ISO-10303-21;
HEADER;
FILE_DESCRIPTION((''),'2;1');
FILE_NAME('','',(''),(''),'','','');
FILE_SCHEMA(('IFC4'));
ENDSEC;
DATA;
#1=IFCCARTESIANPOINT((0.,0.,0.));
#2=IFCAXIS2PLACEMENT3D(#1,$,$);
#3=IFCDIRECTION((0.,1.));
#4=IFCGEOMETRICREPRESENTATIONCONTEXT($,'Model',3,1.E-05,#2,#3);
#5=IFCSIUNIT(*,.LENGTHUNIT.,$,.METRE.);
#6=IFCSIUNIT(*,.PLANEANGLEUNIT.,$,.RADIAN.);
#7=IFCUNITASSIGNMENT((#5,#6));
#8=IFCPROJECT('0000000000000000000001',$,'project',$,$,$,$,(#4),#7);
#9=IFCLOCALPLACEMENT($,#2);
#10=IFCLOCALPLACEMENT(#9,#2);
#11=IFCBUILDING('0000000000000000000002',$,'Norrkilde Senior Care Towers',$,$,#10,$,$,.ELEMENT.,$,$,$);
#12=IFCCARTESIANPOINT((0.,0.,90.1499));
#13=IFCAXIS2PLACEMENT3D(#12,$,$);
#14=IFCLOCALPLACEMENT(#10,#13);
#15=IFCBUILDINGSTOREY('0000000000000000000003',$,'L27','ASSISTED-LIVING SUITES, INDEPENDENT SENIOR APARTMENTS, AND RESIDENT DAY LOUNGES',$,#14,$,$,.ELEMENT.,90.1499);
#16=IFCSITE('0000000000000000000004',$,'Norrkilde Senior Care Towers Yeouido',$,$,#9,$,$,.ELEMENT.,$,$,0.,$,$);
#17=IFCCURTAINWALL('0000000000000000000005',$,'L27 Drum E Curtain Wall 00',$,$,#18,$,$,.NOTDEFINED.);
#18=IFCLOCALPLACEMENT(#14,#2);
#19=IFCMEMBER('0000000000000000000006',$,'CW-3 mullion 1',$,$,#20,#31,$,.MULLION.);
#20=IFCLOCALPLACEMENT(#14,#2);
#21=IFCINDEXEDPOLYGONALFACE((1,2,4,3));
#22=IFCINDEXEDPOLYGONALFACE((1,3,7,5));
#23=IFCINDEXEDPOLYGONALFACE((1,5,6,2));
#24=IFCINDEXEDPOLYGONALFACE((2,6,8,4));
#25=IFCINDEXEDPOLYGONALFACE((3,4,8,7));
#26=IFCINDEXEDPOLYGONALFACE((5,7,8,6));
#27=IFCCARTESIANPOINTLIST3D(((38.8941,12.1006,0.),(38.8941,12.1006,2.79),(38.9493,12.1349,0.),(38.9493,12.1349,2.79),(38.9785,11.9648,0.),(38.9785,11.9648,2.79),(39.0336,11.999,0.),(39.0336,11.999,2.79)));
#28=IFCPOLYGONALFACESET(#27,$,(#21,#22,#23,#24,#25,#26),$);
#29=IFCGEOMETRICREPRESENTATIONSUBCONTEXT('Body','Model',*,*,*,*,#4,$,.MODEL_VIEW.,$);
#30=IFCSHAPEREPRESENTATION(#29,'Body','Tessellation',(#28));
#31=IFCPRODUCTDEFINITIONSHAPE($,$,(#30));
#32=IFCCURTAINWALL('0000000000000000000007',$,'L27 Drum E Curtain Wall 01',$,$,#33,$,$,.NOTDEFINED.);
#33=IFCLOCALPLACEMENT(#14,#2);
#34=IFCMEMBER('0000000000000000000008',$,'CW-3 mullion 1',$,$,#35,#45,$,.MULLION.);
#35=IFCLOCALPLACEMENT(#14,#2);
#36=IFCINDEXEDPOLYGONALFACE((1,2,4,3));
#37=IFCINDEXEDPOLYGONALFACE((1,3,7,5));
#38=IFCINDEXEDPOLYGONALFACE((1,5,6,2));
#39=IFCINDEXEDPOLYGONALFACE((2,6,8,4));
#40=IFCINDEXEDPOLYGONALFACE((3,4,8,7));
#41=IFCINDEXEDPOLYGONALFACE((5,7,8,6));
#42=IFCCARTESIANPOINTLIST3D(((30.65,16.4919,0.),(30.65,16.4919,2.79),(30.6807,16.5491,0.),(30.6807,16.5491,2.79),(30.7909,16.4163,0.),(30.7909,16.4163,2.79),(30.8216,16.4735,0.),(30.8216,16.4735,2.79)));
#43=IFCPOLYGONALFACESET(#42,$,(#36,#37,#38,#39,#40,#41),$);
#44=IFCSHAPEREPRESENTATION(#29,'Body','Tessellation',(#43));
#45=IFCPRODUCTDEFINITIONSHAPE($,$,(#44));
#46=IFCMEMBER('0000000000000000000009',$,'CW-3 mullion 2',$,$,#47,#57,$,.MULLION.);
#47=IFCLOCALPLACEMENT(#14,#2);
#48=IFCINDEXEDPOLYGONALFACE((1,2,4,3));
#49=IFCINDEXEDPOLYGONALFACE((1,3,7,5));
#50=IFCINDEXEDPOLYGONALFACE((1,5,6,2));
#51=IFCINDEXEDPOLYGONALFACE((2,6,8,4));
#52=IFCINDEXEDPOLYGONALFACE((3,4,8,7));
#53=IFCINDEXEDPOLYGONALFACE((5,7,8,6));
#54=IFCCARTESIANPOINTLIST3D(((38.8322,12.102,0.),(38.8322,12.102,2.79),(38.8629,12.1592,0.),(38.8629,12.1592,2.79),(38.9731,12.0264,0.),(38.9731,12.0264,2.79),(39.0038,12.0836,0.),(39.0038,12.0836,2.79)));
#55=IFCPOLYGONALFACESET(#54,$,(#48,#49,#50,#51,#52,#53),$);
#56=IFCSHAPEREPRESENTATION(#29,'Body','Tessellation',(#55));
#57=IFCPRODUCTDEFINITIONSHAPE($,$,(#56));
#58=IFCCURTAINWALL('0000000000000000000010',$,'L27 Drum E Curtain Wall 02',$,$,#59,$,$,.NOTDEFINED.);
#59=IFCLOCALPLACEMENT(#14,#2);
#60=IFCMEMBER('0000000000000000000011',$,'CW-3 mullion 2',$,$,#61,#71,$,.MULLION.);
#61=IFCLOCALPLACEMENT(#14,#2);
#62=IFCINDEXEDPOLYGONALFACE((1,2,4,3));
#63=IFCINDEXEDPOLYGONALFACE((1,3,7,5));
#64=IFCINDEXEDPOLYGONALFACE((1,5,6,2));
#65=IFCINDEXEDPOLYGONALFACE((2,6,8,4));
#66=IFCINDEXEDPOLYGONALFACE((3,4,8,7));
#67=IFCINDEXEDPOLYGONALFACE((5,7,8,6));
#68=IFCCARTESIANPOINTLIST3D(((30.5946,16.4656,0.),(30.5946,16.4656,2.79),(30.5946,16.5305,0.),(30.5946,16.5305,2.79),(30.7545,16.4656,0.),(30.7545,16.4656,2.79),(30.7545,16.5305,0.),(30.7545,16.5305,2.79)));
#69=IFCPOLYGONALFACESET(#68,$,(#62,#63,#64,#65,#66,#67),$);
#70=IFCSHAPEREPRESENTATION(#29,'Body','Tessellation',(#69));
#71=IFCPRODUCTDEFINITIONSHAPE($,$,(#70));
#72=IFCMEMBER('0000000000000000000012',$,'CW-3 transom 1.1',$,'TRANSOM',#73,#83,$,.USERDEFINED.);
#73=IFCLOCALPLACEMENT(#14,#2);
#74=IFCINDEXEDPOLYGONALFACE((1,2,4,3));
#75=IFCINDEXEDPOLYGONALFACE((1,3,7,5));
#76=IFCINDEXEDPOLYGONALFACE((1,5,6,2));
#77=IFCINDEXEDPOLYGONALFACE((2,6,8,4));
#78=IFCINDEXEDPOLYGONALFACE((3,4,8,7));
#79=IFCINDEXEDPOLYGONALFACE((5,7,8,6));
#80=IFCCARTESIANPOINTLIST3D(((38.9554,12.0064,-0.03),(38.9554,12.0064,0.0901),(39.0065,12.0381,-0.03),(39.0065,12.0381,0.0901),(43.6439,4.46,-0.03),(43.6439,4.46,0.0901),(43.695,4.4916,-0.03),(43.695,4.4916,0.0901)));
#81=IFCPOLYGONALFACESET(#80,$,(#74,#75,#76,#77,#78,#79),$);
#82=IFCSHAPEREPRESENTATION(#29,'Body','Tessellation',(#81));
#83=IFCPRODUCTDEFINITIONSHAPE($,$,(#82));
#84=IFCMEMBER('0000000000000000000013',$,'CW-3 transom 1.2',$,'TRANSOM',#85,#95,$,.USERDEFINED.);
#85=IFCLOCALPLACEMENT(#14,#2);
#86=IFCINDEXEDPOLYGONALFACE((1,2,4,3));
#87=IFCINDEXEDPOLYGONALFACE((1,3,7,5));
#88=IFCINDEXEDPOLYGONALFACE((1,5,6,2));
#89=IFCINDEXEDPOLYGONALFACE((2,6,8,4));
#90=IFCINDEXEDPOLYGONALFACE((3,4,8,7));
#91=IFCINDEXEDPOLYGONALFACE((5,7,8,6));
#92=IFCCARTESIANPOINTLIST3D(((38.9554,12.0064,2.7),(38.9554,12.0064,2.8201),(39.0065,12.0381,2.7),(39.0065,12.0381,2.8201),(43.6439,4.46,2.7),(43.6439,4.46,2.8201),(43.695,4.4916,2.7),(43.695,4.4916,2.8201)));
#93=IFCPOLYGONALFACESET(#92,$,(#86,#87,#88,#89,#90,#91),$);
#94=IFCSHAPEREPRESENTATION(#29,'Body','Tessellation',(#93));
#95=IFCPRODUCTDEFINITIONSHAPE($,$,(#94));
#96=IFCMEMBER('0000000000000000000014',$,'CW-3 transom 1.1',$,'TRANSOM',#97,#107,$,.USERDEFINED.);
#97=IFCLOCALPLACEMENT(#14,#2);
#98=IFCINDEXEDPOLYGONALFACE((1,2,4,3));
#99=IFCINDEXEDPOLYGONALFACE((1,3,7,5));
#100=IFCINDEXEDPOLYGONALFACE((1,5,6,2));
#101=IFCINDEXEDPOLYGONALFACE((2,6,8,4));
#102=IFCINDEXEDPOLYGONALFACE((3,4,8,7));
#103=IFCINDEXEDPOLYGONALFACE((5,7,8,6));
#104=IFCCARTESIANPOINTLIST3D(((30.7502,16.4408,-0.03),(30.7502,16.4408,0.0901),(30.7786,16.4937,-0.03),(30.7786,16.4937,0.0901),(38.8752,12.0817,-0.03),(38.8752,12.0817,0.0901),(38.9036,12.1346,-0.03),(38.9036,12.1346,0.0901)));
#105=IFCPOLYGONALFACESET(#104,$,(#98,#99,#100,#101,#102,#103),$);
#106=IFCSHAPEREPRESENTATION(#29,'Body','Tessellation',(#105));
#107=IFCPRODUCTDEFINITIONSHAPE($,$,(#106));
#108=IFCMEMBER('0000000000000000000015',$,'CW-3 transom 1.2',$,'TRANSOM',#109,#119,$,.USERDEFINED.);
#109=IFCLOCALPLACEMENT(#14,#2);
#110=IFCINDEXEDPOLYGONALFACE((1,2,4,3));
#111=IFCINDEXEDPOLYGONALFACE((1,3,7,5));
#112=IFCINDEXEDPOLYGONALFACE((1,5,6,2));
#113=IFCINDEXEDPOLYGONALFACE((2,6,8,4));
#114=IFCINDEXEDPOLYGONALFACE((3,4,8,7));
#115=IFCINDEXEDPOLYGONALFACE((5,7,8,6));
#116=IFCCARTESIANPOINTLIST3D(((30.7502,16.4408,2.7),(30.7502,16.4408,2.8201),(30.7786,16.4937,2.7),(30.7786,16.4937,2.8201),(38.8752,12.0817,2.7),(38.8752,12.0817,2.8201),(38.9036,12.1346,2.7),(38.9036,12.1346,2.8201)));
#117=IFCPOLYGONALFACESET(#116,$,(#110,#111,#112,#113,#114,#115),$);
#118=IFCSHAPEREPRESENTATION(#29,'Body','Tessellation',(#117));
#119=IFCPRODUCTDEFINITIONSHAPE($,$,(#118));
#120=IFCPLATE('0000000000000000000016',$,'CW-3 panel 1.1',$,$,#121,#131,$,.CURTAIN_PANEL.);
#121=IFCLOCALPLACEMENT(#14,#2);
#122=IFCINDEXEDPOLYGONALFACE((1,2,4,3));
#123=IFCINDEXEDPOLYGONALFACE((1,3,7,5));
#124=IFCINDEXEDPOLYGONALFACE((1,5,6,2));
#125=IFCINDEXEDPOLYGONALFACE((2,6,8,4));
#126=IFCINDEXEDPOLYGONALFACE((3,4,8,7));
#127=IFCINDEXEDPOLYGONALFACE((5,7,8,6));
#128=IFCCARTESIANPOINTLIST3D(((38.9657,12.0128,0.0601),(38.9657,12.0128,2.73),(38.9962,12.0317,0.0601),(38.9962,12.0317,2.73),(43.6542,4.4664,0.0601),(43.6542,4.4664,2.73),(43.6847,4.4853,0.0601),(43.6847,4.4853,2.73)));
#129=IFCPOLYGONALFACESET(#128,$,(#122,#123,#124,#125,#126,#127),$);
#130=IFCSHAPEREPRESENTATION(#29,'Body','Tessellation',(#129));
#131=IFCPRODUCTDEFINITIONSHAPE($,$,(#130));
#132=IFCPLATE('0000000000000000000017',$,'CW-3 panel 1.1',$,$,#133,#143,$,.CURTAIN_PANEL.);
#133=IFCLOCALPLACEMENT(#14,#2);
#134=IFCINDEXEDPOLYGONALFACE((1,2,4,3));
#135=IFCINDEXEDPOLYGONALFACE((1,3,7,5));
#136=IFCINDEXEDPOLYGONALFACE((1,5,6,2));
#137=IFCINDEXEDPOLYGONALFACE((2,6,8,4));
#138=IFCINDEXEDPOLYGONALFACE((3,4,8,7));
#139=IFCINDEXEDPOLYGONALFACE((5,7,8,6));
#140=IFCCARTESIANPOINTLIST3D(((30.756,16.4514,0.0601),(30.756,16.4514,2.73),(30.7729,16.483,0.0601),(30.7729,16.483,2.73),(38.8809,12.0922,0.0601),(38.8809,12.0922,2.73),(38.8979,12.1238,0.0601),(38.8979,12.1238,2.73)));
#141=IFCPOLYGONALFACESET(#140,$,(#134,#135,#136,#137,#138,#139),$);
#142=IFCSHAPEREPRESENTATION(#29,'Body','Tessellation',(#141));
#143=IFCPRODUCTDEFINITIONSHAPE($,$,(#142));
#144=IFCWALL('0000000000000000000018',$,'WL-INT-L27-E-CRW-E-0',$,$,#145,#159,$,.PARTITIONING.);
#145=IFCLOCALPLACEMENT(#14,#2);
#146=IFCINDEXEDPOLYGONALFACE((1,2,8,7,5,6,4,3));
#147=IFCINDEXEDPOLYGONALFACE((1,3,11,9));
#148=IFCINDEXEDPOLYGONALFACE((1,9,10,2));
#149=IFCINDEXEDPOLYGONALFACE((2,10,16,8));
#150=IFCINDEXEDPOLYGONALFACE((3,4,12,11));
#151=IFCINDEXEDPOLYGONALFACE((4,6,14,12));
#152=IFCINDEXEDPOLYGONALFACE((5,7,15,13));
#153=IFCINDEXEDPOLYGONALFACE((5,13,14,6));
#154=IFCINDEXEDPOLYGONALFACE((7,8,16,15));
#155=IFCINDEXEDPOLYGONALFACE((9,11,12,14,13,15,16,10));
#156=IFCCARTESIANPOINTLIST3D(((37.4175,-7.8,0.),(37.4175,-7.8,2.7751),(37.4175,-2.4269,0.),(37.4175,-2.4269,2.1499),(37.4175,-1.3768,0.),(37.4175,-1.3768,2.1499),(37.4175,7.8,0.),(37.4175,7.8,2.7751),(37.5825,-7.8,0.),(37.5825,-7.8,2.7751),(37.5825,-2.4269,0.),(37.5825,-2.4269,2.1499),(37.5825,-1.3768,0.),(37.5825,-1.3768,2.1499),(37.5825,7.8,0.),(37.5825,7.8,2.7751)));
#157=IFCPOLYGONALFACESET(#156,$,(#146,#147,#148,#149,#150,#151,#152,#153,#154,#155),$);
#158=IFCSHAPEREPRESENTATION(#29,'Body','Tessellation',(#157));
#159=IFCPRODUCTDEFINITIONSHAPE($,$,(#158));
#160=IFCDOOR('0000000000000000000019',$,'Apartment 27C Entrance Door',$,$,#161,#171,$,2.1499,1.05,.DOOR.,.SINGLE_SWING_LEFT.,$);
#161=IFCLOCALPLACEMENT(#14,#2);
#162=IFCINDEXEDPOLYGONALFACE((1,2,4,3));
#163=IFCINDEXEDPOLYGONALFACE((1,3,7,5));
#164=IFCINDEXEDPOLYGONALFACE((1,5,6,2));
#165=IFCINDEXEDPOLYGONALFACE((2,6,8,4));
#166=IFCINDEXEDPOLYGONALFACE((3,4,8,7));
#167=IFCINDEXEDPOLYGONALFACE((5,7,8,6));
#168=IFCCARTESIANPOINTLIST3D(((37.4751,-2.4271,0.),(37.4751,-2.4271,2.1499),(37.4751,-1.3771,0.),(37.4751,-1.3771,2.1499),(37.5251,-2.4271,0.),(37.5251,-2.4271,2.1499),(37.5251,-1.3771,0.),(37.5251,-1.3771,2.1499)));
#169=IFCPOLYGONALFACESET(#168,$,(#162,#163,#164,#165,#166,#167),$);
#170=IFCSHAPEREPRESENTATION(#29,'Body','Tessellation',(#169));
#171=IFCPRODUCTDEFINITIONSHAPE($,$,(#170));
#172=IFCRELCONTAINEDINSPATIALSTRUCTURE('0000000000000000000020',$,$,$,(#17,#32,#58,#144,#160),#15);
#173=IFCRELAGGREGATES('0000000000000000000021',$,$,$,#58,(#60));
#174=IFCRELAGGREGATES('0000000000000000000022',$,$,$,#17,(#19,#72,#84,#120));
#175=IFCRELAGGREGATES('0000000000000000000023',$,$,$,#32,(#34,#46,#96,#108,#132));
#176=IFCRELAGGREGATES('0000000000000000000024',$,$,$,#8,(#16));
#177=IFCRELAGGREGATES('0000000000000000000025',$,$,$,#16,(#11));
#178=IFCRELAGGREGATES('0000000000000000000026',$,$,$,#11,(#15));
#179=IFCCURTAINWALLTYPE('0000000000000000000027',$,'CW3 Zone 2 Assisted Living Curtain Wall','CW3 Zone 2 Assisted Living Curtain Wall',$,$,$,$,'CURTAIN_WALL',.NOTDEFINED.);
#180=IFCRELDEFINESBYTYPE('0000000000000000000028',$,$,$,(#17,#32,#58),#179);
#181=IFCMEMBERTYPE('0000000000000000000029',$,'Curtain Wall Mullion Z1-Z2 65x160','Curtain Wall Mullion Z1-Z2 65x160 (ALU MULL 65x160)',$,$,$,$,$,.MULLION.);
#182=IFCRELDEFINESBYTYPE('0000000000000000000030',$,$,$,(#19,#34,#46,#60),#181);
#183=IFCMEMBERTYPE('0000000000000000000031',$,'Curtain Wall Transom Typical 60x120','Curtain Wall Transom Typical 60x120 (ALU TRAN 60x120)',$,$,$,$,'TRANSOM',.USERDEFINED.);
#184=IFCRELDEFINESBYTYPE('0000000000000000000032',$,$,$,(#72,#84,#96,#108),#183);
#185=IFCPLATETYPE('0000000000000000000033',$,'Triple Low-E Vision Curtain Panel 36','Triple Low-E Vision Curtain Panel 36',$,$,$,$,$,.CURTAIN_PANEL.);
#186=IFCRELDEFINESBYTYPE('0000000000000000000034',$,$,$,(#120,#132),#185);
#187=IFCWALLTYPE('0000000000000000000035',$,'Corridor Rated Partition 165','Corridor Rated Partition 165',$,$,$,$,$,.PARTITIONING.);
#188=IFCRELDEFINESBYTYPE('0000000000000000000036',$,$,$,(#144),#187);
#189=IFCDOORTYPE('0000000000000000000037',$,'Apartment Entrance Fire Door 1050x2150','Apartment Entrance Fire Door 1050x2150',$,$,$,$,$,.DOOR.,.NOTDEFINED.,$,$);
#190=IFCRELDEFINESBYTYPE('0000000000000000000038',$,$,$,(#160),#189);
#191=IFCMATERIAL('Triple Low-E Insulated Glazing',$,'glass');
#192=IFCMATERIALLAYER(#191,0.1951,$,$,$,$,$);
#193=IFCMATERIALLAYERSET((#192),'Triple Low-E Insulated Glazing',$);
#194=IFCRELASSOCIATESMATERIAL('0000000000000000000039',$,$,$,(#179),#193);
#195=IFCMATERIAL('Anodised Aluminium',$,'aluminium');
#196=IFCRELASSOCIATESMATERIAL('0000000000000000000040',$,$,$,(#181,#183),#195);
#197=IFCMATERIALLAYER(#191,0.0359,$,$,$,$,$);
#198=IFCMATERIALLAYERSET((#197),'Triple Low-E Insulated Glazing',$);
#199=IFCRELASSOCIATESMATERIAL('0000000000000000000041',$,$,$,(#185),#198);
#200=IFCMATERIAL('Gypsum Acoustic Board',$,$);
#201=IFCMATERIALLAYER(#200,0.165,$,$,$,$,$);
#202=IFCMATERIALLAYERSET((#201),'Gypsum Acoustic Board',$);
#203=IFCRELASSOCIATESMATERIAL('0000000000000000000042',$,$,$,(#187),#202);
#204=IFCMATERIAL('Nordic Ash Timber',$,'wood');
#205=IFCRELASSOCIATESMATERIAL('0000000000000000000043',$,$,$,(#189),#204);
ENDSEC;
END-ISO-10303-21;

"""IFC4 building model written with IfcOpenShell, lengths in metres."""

from ifc_helpers import new_model, si_unit, direction, frame, frame_2d, origin, origin_2d, place, context, subcontext, project, spatial, rectangle, extrude, source, transform, mapped, material, layer, layer_set, material_profile, profile_set, type_object, type_shapes, element, fill, aggregate, save


model = new_model("IFC4")

# Units and contexts
model_context = context("Model", 3, precision=1e-05, world=origin(), true_north=direction((0.0, 1.0)))
body_context = subcontext(model_context, "Body", "Model", "MODEL_VIEW")
ifc_project = project(units=[si_unit("LENGTHUNIT", "METRE"), si_unit("PLANEANGLEUNIT", "RADIAN")], contexts=[model_context])

# Site, building, storey
site_placement = place(None, origin())
site = spatial("IfcSite", under=ifc_project, at=site_placement, Name="Norrkilde Senior Care Towers Yeouido", CompositionType="ELEMENT", RefElevation=0.0)
building_placement = place(site_placement, origin())
building = spatial("IfcBuilding", under=site, at=building_placement, Name="Norrkilde Senior Care Towers", CompositionType="ELEMENT")
storey_placement = place(building_placement, frame((0.0, 0.0, 90.1499)))
storey = spatial("IfcBuildingStorey", under=building, at=storey_placement, Name="L27", Description="ASSISTED-LIVING SUITES, INDEPENDENT SENIOR APARTMENTS, AND RESIDENT DAY LOUNGES", CompositionType="ELEMENT", Elevation=90.1499)

# Curtain wall, member
ifc_material_1 = material(Name="Triple Low-E Insulated Glazing", Category="glass")
ifc_layer_1 = layer(ifc_material_1, 0.1951)
ifc_layer_set_1 = layer_set([ifc_layer_1], Name="Triple Low-E Insulated Glazing")
curtain_wall_type = type_object("IfcCurtainWallType", Name="CW3 Zone 2 Assisted Living Curtain Wall", Description="CW3 Zone 2 Assisted Living Curtain Wall", ElementType="CURTAIN_WALL", PredefinedType="NOTDEFINED", material=ifc_layer_set_1)
curtain_wall_1_placement = place(storey_placement, origin())
curtain_wall_1 = element("IfcCurtainWall", 1, at=curtain_wall_1_placement, inside=storey, type_object=curtain_wall_type, Name="L27 Drum E Curtain Wall 00", PredefinedType="NOTDEFINED")
ifc_material_2 = material(Name="Anodised Aluminium", Category="aluminium")
ifc_material_profile_1 = material_profile(ifc_material_2, rectangle(XDim=0.0649, YDim=0.1599, at=origin_2d()), Name="ALU MULL 65x160")
ifc_profile_set_1 = profile_set([ifc_material_profile_1], Name="Anodised Aluminium")
member_type_1 = type_object("IfcMemberType", Name="Curtain Wall Mullion Z1-Z2 65x160", Description="Curtain Wall Mullion Z1-Z2 65x160 (ALU MULL 65x160)", PredefinedType="MULLION", material=ifc_profile_set_1)
shared_shape_1 = source(origin(), body_context, "Body", "SweptSolid", [
    extrude(rectangle(XDim=0.0649, YDim=0.1599, at=origin_2d()), origin(), (0.0, 0.0, 1.0), 2.79),
])
type_shapes(member_type_1, [shared_shape_1])
member_1_placement = place(storey_placement, frame((38.9639, 12.0498, 0.0), z_axis=(0.0, 0.0, 1.0), x_axis=(0.84941, 0.527733, 0.0)))
member_1 = element("IfcMember", 2, at=member_1_placement, type_object=member_type_1, Name="CW-3 mullion 1", PredefinedType="MULLION", context=body_context, shape_type="MappedRepresentation", body=[
    mapped(shared_shape_1, transform((0.0, 0.0, 0.0), x_axis=(1.0, 0.0, 0.0), y_axis=(0.0, 1.0, 0.0), z_axis=(0.0, 0.0, 1.0), scale=1.0)),
])

# Curtain wall, members
curtain_wall_2_placement = place(storey_placement, origin())
curtain_wall_2 = element("IfcCurtainWall", 3, at=curtain_wall_2_placement, inside=storey, type_object=curtain_wall_type, Name="L27 Drum E Curtain Wall 01", PredefinedType="NOTDEFINED")
member_2_placement = place(storey_placement, frame((30.7358, 16.4827, 0.0), z_axis=(0.0, 0.0, 1.0), x_axis=(0.472769, 0.881186, 0.0)))
member_2 = element("IfcMember", 4, at=member_2_placement, type_object=member_type_1, Name="CW-3 mullion 1", PredefinedType="MULLION", context=body_context, shape_type="MappedRepresentation", body=[
    mapped(shared_shape_1, transform((0.0, 0.0, 0.0), x_axis=(1.0, 0.0, 0.0), y_axis=(0.0, 1.0, 0.0), z_axis=(0.0, 0.0, 1.0), scale=1.0)),
])
member_3_placement = place(storey_placement, frame((38.918, 12.0928, 0.0), z_axis=(0.0, 0.0, 1.0), x_axis=(0.472769, 0.881186, 0.0)))
member_3 = element("IfcMember", 5, at=member_3_placement, type_object=member_type_1, Name="CW-3 mullion 2", PredefinedType="MULLION", context=body_context, shape_type="MappedRepresentation", body=[
    mapped(shared_shape_1, transform((0.0, 0.0, 0.0), x_axis=(1.0, 0.0, 0.0), y_axis=(0.0, 1.0, 0.0), z_axis=(0.0, 0.0, 1.0), scale=1.0)),
])

# Curtain wall, member
curtain_wall_3_placement = place(storey_placement, origin())
curtain_wall_3 = element("IfcCurtainWall", 6, at=curtain_wall_3_placement, inside=storey, type_object=curtain_wall_type, Name="L27 Drum E Curtain Wall 02", PredefinedType="NOTDEFINED")
member_4_placement = place(storey_placement, frame((30.6746, 16.498, 0.0), z_axis=(0.0, 0.0, 1.0), x_axis=(0.0, 1.0, 0.0)))
member_4 = element("IfcMember", 7, at=member_4_placement, type_object=member_type_1, Name="CW-3 mullion 2", PredefinedType="MULLION", context=body_context, shape_type="MappedRepresentation", body=[
    mapped(shared_shape_1, transform((0.0, 0.0, 0.0), x_axis=(1.0, 0.0, 0.0), y_axis=(0.0, 1.0, 0.0), z_axis=(0.0, 0.0, 1.0), scale=1.0)),
])
aggregate(curtain_wall_3, [member_4])

# Members
ifc_material_profile_2 = material_profile(ifc_material_2, rectangle(XDim=0.0601, YDim=0.1201, at=origin_2d()), Name="ALU TRAN 60x120")
ifc_profile_set_2 = profile_set([ifc_material_profile_2], Name="Anodised Aluminium")
member_type_2 = type_object("IfcMemberType", Name="Curtain Wall Transom Typical 60x120", Description="Curtain Wall Transom Typical 60x120 (ALU TRAN 60x120)", ElementType="TRANSOM", PredefinedType="USERDEFINED", material=ifc_profile_set_2)
shared_shape_2 = source(origin(), body_context, "Body", "SweptSolid", [
    extrude(rectangle(XDim=0.0601, YDim=0.1201, at=origin_2d()), origin(), (0.0, 0.0, 1.0), 8.8843),
])
member_5_placement = place(storey_placement, frame((38.981, 12.0222, 0.03), z_axis=(0.527729, -0.849413, 0.0), x_axis=(0.849413, 0.527729, 0.0)))
member_5 = element("IfcMember", 8, at=member_5_placement, type_object=member_type_2, Name="CW-3 transom 1.1", ObjectType="TRANSOM", PredefinedType="USERDEFINED", context=body_context, shape_type="MappedRepresentation", body=[
    mapped(shared_shape_2, transform((0.0, 0.0, 0.0), x_axis=(1.0, 0.0, 0.0), y_axis=(0.0, 1.0, 0.0), z_axis=(0.0, 0.0, 1.0), scale=1.0)),
])
member_6_placement = place(storey_placement, frame((38.981, 12.0222, 2.76), z_axis=(0.527729, -0.849413, 0.0), x_axis=(0.849413, 0.527729, 0.0)))
member_6 = element("IfcMember", 9, at=member_6_placement, type_object=member_type_2, Name="CW-3 transom 1.2", ObjectType="TRANSOM", PredefinedType="USERDEFINED", context=body_context, shape_type="MappedRepresentation", body=[
    mapped(shared_shape_2, transform((0.0, 0.0, 0.0), x_axis=(1.0, 0.0, 0.0), y_axis=(0.0, 1.0, 0.0), z_axis=(0.0, 0.0, 1.0), scale=1.0)),
])
shared_shape_3 = source(origin(), body_context, "Body", "SweptSolid", [
    extrude(rectangle(XDim=0.0601, YDim=0.1201, at=origin_2d()), origin(), (0.0, 0.0, 1.0), 9.2205),
])
type_shapes(member_type_2, [shared_shape_2, shared_shape_3])
member_7_placement = place(storey_placement, frame((30.7644, 16.4673, 0.03), z_axis=(0.881189, -0.472765, 0.0), x_axis=(0.472765, 0.881189, 0.0)))
member_7 = element("IfcMember", 10, at=member_7_placement, type_object=member_type_2, Name="CW-3 transom 1.1", ObjectType="TRANSOM", PredefinedType="USERDEFINED", context=body_context, shape_type="MappedRepresentation", body=[
    mapped(shared_shape_3, transform((0.0, 0.0, 0.0), x_axis=(1.0, 0.0, 0.0), y_axis=(0.0, 1.0, 0.0), z_axis=(0.0, 0.0, 1.0), scale=1.0)),
])
member_8_placement = place(storey_placement, frame((30.7644, 16.4673, 2.76), z_axis=(0.881189, -0.472765, 0.0), x_axis=(0.472765, 0.881189, 0.0)))
member_8 = element("IfcMember", 11, at=member_8_placement, type_object=member_type_2, Name="CW-3 transom 1.2", ObjectType="TRANSOM", PredefinedType="USERDEFINED", context=body_context, shape_type="MappedRepresentation", body=[
    mapped(shared_shape_3, transform((0.0, 0.0, 0.0), x_axis=(1.0, 0.0, 0.0), y_axis=(0.0, 1.0, 0.0), z_axis=(0.0, 0.0, 1.0), scale=1.0)),
])

# Plates
ifc_layer_2 = layer(ifc_material_1, 0.0359)
ifc_layer_set_2 = layer_set([ifc_layer_2], Name="Triple Low-E Insulated Glazing")
plate_type = type_object("IfcPlateType", Name="Triple Low-E Vision Curtain Panel 36", Description="Triple Low-E Vision Curtain Panel 36", PredefinedType="CURTAIN_PANEL", material=ifc_layer_set_2)
shared_shape_4 = source(origin(), body_context, "Body", "SweptSolid", [
    extrude(rectangle(XDim=8.8843, YDim=0.0359, at=origin_2d()), origin(), (0.0, 0.0, 1.0), 2.6699),
])
plate_1_placement = place(storey_placement, frame((41.3252, 8.249, 0.0601), z_axis=(0.0, 0.0, 1.0), x_axis=(0.527733, -0.84941, 0.0)))
plate_1 = element("IfcPlate", 12, at=plate_1_placement, type_object=plate_type, Name="CW-3 panel 1.1", PredefinedType="CURTAIN_PANEL", context=body_context, shape_type="MappedRepresentation", body=[
    mapped(shared_shape_4, transform((0.0, 0.0, 0.0), x_axis=(1.0, 0.0, 0.0), y_axis=(0.0, 1.0, 0.0), z_axis=(0.0, 0.0, 1.0), scale=1.0)),
])
aggregate(curtain_wall_1, [member_1, member_5, member_6, plate_1])
shared_shape_5 = source(origin(), body_context, "Body", "SweptSolid", [
    extrude(rectangle(XDim=9.2205, YDim=0.0359, at=origin_2d()), origin(), (0.0, 0.0, 1.0), 2.6699),
])
type_shapes(plate_type, [shared_shape_4, shared_shape_5])
plate_2_placement = place(storey_placement, frame((34.8269, 14.2876, 0.0601), z_axis=(0.0, 0.0, 1.0), x_axis=(0.881186, -0.472769, 0.0)))
plate_2 = element("IfcPlate", 13, at=plate_2_placement, type_object=plate_type, Name="CW-3 panel 1.1", PredefinedType="CURTAIN_PANEL", context=body_context, shape_type="MappedRepresentation", body=[
    mapped(shared_shape_5, transform((0.0, 0.0, 0.0), x_axis=(1.0, 0.0, 0.0), y_axis=(0.0, 1.0, 0.0), z_axis=(0.0, 0.0, 1.0), scale=1.0)),
])
aggregate(curtain_wall_2, [member_2, member_3, member_7, member_8, plate_2])

# Wall, opening, door
ifc_material_3 = material(Name="Gypsum Acoustic Board")
ifc_layer_3 = layer(ifc_material_3, 0.165)
ifc_layer_set_3 = layer_set([ifc_layer_3], Name="Gypsum Acoustic Board")
wall_type_1 = type_object("IfcWallType", Name="Corridor Rated Partition 165", Description="Corridor Rated Partition 165", PredefinedType="PARTITIONING", material=ifc_layer_set_3)
shared_shape_6 = source(origin(), body_context, "Body", "SweptSolid", [
    extrude(rectangle(XDim=15.6001, YDim=0.165, at=frame_2d((7.8, 0.0))), origin(), (0.0, 0.0, 1.0), 2.7751),
])
wall_1_placement = place(storey_placement, frame((37.5, 7.8, 0.0), z_axis=(0.0, 0.0, 1.0), x_axis=(0.0, -1.0, 0.0)))
wall_1 = element("IfcWall", 14, at=wall_1_placement, inside=storey, type_object=wall_type_1, Name="WL-INT-L27-E-CRW-E-0", PredefinedType="PARTITIONING", context=body_context, shape_type="MappedRepresentation", body=[
    mapped(shared_shape_6, transform((0.0, 0.0, 0.0), x_axis=(1.0, 0.0, 0.0), y_axis=(0.0, 1.0, 0.0), z_axis=(0.0, 0.0, 1.0), scale=1.0)),
])
opening_1_placement = place(wall_1_placement, frame((9.177, 0.0, 0.0)))
opening_1 = element("IfcOpeningElement", 15, at=opening_1_placement, cuts=wall_1, PredefinedType="OPENING", context=body_context, shape_type="SweptSolid", body=[
    extrude(rectangle(XDim=1.05, YDim=2.1499, at=frame_2d((0.5249, 1.075))), frame((0.0, 0.0925, 0.0), z_axis=(0.0, -1.0, 0.0), x_axis=(1.0, 0.0, 0.0)), (0.0, 0.0, 1.0), 0.1851),
])
ifc_material_4 = material(Name="Nordic Ash Timber", Category="wood")
door_type_1 = type_object("IfcDoorType", Name="Apartment Entrance Fire Door 1050x2150", Description="Apartment Entrance Fire Door 1050x2150", OperationType="NOTDEFINED", PredefinedType="DOOR", material=ifc_material_4)
shared_shape_7 = source(origin(), body_context, "Body", "SweptSolid", [
    extrude(rectangle(XDim=1.05, YDim=2.1499, at=frame_2d((0.5249, 1.075))), frame((0.0, 0.0249, 0.0), z_axis=(0.0, -1.0, 0.0), x_axis=(1.0, 0.0, 0.0)), (0.0, 0.0, 1.0), 0.05),
])
type_shapes(door_type_1, [shared_shape_7])
door_1_placement = place(opening_1_placement, frame((1.05, 0.0, 0.0), z_axis=(0.0, 0.0, 1.0), x_axis=(-1.0, 0.0, 0.0)))
door_1 = element("IfcDoor", 16, at=door_1_placement, inside=storey, type_object=door_type_1, Name="Apartment 27C Entrance Door", OperationType="SINGLE_SWING_LEFT", OverallHeight=2.1499, OverallWidth=1.05, PredefinedType="DOOR", context=body_context, shape_type="MappedRepresentation", body=[
    mapped(shared_shape_7, transform((0.0, 0.0, 0.0), x_axis=(1.0, 0.0, 0.0), y_axis=(0.0, 1.0, 0.0), z_axis=(0.0, 0.0, 1.0), scale=1.0)),
])
fill(opening_1, door_1)

save(model, "model.ifc")
